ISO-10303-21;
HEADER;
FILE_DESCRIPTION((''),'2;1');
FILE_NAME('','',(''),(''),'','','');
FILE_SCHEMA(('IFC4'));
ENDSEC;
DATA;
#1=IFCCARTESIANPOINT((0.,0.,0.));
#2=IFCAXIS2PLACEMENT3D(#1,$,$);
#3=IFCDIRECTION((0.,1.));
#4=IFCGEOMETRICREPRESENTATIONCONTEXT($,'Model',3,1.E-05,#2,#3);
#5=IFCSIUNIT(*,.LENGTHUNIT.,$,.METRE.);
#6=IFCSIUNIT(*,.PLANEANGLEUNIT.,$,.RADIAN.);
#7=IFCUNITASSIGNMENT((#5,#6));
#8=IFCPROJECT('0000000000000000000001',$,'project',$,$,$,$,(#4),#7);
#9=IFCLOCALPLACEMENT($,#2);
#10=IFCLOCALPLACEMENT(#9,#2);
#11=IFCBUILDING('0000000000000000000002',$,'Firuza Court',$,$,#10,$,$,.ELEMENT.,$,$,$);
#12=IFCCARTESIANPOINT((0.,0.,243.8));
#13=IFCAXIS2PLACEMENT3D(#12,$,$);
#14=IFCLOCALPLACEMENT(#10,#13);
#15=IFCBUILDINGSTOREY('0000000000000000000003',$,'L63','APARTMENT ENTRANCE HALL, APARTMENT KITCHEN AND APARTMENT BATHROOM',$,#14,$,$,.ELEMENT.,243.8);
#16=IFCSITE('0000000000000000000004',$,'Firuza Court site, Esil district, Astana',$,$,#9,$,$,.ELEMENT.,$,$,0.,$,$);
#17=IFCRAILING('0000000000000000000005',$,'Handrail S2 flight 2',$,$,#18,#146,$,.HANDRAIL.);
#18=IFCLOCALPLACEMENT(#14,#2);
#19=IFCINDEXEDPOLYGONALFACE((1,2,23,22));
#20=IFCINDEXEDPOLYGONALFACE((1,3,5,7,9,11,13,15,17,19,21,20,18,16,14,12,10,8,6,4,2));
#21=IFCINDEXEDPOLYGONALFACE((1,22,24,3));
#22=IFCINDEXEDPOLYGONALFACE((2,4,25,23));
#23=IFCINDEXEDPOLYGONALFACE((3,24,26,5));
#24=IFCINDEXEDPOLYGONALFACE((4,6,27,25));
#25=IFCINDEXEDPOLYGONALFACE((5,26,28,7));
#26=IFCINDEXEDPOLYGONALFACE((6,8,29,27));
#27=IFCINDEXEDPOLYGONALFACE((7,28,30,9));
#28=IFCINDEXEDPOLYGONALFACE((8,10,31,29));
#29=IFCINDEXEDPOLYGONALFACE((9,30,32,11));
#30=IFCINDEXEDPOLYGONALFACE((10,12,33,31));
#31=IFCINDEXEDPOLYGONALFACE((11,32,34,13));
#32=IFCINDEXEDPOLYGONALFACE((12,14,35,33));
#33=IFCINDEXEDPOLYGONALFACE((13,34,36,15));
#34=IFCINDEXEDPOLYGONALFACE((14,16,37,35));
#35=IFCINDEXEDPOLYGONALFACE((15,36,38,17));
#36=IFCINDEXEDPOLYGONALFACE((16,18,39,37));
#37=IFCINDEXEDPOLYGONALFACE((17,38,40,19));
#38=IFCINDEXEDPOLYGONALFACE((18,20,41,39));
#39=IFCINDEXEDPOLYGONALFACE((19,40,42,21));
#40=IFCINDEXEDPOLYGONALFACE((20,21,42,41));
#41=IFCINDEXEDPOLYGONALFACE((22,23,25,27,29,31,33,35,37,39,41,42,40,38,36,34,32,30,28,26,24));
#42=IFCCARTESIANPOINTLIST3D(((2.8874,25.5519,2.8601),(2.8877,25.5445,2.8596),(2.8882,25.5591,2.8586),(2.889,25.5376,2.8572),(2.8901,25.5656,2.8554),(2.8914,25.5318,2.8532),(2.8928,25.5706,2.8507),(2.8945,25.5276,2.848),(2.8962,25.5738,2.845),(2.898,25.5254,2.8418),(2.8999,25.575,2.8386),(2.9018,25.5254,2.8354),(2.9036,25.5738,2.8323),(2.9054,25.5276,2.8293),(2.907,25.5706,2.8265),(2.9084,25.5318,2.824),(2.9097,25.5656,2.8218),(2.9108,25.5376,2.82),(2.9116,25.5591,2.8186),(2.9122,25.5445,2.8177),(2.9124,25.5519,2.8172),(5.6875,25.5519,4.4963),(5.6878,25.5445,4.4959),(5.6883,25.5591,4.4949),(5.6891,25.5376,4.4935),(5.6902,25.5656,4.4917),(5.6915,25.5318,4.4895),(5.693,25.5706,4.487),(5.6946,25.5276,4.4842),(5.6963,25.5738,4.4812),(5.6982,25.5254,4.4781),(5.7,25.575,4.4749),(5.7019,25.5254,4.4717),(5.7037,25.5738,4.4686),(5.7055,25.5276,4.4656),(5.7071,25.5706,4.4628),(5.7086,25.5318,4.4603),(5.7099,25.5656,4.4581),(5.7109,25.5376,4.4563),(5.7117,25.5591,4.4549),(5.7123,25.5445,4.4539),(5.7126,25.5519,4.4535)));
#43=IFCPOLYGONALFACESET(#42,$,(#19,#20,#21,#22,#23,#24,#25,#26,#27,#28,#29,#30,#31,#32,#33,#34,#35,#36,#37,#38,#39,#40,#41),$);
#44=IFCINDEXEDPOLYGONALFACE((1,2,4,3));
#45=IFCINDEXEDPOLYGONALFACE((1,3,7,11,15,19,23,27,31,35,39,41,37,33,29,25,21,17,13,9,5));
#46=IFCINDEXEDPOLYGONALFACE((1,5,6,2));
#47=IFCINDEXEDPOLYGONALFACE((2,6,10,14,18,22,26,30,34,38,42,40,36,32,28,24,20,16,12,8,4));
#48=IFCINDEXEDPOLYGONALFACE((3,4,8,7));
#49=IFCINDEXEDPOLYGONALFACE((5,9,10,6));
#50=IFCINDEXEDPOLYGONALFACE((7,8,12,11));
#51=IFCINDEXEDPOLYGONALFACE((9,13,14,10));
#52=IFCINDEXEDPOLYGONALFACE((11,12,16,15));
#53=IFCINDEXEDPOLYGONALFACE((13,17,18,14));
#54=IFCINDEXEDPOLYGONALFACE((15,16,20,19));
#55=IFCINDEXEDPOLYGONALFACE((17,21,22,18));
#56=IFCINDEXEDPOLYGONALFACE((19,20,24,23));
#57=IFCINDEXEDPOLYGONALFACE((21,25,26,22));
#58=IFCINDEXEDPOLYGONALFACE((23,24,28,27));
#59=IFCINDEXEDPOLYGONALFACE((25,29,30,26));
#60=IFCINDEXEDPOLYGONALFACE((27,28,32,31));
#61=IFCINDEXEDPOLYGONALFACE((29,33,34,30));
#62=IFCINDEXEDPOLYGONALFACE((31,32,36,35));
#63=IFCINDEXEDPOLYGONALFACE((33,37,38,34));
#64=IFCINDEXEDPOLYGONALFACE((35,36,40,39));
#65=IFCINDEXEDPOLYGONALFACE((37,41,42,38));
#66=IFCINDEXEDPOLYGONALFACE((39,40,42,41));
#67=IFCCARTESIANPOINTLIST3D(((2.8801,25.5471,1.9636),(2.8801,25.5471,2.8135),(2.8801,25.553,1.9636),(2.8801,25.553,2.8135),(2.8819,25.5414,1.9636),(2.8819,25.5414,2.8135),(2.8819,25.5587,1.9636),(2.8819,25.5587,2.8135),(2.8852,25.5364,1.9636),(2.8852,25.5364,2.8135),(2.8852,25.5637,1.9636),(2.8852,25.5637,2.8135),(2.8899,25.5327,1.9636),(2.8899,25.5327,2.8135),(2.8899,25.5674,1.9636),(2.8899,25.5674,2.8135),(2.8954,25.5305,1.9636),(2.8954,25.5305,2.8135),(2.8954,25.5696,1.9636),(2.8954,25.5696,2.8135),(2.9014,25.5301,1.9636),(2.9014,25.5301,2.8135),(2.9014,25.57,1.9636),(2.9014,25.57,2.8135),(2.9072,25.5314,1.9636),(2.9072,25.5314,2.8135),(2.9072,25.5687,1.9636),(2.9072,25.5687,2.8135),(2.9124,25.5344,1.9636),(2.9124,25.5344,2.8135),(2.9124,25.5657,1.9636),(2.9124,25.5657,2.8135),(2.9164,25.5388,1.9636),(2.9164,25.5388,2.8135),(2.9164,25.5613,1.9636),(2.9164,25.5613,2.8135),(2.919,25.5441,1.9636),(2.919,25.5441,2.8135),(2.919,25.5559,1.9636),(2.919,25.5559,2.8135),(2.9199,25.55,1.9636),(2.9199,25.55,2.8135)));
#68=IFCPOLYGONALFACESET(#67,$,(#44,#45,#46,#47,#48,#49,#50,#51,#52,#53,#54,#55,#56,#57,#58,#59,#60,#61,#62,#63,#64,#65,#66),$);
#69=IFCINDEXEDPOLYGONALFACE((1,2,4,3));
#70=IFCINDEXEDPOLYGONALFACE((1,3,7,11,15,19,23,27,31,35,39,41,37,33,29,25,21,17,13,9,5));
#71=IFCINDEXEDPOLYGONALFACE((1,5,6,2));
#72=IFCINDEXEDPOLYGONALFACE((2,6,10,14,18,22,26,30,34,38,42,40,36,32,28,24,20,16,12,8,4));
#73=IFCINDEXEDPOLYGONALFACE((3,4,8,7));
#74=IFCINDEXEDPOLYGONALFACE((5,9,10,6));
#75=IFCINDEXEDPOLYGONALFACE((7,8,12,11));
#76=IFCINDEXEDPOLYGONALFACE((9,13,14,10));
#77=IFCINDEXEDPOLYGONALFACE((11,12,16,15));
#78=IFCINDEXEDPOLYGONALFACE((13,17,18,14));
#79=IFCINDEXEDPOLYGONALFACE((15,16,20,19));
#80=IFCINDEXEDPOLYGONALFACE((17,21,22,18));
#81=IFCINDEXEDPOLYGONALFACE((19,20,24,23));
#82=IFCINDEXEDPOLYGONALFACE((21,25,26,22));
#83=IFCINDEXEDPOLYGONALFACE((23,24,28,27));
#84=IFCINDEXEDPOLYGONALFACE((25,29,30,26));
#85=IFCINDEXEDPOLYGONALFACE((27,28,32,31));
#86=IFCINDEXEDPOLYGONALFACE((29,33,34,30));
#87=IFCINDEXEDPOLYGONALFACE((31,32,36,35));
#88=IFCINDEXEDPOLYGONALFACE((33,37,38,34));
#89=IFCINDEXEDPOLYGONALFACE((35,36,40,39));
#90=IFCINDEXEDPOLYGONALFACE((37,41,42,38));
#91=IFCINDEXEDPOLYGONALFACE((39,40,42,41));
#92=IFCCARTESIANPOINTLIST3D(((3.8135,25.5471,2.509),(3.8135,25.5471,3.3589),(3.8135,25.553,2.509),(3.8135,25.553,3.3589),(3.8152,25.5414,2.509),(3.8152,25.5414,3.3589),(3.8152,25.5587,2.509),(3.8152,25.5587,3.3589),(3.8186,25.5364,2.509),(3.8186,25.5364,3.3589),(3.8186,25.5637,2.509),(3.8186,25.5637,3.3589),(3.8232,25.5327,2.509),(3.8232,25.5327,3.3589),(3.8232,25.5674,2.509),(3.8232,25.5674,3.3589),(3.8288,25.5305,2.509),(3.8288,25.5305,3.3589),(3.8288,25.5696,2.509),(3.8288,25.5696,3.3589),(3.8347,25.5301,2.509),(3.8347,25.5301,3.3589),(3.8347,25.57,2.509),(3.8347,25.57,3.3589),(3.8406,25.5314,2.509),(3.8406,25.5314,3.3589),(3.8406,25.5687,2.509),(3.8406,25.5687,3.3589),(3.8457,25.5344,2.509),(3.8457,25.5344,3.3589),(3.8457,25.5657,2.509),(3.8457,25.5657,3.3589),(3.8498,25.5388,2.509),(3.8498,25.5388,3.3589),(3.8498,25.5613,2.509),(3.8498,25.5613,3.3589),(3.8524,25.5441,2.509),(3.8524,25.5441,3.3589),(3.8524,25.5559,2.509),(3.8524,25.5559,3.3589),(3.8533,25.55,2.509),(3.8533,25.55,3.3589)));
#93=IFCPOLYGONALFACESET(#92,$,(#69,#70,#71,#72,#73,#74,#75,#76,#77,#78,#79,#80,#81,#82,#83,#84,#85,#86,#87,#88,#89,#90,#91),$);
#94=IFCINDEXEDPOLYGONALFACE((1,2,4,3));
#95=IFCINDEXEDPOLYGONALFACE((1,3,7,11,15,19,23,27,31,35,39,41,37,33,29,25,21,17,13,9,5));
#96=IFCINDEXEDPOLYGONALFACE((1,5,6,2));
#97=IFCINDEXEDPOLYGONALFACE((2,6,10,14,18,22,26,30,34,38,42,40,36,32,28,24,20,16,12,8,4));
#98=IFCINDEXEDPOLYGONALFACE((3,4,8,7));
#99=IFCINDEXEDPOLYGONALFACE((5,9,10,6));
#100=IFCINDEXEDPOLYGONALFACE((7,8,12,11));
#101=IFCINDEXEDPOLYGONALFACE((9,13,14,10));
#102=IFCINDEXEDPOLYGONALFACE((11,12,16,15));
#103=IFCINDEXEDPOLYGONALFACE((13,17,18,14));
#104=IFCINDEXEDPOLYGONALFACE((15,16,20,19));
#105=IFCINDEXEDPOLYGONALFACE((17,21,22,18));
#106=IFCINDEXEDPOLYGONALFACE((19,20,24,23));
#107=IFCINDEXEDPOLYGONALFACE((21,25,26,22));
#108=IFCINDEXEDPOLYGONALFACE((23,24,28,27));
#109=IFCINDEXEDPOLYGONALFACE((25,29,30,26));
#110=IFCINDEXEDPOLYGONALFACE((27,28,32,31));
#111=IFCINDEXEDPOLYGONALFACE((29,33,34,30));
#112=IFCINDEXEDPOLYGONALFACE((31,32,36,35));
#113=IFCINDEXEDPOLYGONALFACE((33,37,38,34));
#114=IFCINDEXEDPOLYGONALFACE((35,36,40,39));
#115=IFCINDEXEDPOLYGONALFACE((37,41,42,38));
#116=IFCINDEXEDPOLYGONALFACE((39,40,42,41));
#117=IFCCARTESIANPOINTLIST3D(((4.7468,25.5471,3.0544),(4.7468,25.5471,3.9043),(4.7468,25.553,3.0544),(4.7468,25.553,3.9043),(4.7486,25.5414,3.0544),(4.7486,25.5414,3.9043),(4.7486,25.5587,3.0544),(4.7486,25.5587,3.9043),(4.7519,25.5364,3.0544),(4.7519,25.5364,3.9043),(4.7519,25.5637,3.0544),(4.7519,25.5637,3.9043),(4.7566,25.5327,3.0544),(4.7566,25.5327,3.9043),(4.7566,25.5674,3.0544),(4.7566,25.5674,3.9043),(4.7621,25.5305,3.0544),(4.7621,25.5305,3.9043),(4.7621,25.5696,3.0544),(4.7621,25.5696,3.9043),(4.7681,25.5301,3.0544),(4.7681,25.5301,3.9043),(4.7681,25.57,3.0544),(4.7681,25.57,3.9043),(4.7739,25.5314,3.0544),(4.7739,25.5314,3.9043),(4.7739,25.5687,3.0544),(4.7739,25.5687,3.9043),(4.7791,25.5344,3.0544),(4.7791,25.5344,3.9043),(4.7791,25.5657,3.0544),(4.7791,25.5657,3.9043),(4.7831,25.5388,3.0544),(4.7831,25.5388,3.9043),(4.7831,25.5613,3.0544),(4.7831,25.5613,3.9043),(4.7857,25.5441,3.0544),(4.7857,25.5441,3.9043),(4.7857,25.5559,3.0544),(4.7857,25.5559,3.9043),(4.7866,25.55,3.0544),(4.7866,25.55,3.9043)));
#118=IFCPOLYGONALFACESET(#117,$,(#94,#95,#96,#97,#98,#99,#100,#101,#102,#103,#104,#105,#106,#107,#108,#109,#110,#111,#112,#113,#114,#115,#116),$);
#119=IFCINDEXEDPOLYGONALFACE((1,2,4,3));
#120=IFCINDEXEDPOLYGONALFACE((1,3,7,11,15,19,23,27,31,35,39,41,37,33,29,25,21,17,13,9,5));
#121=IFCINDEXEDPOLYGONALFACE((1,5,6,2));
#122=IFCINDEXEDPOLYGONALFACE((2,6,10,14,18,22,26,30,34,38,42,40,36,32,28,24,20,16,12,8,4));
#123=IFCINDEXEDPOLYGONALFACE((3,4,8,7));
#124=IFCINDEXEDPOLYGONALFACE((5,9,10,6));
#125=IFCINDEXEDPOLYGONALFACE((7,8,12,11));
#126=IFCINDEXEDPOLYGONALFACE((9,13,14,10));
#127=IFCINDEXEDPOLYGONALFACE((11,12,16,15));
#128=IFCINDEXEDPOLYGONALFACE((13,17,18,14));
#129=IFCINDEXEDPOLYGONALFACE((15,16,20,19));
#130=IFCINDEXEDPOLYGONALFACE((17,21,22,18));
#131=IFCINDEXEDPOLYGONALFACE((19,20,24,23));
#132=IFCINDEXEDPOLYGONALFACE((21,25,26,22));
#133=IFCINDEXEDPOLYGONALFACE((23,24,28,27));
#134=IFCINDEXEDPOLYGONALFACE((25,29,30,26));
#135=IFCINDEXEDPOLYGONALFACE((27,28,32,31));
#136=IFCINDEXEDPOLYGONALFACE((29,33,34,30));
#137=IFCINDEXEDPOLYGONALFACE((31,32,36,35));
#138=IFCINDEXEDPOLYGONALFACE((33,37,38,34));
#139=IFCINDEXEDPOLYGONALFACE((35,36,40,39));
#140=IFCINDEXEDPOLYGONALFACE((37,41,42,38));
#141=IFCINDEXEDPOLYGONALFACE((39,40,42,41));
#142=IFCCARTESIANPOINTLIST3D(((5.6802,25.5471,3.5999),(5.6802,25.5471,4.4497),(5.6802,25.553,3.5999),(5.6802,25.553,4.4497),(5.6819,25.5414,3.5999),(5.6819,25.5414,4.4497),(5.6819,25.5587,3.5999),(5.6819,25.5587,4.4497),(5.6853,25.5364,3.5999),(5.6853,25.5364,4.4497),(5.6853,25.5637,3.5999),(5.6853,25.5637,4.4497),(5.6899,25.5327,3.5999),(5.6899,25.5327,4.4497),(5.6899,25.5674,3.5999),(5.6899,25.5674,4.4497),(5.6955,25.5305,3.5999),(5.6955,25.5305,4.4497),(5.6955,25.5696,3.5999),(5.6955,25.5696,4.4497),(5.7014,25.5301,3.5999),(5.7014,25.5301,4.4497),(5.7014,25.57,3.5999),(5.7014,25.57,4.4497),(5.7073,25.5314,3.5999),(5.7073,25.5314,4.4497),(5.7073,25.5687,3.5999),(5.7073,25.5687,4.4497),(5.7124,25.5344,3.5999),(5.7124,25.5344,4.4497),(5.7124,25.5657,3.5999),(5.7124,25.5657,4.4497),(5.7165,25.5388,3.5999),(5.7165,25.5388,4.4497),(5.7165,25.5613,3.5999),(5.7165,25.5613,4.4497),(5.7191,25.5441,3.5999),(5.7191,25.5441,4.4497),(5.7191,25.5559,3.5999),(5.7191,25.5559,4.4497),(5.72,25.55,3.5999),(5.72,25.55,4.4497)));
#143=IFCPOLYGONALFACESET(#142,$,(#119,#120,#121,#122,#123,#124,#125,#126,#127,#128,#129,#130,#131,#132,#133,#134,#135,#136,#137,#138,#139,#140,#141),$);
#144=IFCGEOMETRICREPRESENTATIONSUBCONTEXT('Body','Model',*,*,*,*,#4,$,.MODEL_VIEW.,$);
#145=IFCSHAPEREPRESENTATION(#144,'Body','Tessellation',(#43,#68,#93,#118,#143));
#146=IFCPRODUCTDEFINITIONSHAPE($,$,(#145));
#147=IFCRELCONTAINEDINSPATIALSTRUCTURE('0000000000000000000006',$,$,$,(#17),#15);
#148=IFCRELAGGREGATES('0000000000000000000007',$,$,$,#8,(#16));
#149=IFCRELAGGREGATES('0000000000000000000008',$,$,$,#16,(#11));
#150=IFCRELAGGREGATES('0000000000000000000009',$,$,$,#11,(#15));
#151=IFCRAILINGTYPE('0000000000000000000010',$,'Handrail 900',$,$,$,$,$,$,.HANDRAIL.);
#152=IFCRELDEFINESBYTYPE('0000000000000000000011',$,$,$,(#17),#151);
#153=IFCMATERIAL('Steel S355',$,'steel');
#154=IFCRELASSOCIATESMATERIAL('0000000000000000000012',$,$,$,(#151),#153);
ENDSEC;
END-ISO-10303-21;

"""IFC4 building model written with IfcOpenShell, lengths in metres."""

from ifc_helpers import new_model, si_unit, direction, frame, origin, origin_2d, place, context, subcontext, project, spatial, circle, extrude, material, type_object, element, save


model = new_model("IFC4")

# Units and contexts
model_context = context("Model", 3, precision=1e-05, world=origin(), true_north=direction((0.0, 1.0)))
body_context = subcontext(model_context, "Body", "Model", "MODEL_VIEW")
ifc_project = project(units=[si_unit("LENGTHUNIT", "METRE"), si_unit("PLANEANGLEUNIT", "RADIAN")], contexts=[model_context])

# Site, building, storey
site_placement = place(None, origin())
site = spatial("IfcSite", under=ifc_project, at=site_placement, Name="Firuza Court site, Esil district, Astana", CompositionType="ELEMENT", RefElevation=0.0)
building_placement = place(site_placement, origin())
building = spatial("IfcBuilding", under=site, at=building_placement, Name="Firuza Court", CompositionType="ELEMENT")
storey_placement = place(building_placement, frame((0.0, 0.0, 243.8)))
storey = spatial("IfcBuildingStorey", under=building, at=storey_placement, Name="L63", Description="APARTMENT ENTRANCE HALL, APARTMENT KITCHEN AND APARTMENT BATHROOM", CompositionType="ELEMENT", Elevation=243.8)

# Railing
ifc_material_1 = material(Name="Steel S355", Category="steel")
railing_type_1 = type_object("IfcRailingType", Name="Handrail 900", PredefinedType="HANDRAIL", material=ifc_material_1)
railing_1_placement = place(storey_placement, frame((2.8999, 25.55, 1.9636)))
element("IfcRailing", 1, at=railing_1_placement, inside=storey, type_object=railing_type_1, Name="Handrail S2 flight 2", PredefinedType="HANDRAIL", context=body_context, shape_type="SweptSolid", body=[
    extrude(circle(Radius=0.0249, at=origin_2d()), frame((0.0, 0.0, 0.875), z_axis=(0.863394, 0.0, 0.504531), x_axis=(0.0, 1.0, 0.0)), (0.0, 0.0, 1.0), 3.2432),
    extrude(circle(Radius=0.02, at=origin_2d()), origin(), (0.0, 0.0, 1.0), 0.8499),
    extrude(circle(Radius=0.02, at=origin_2d()), frame((0.9333, 0.0, 0.5454)), (0.0, 0.0, 1.0), 0.8499),
    extrude(circle(Radius=0.02, at=origin_2d()), frame((1.8667, 0.0, 1.0908)), (0.0, 0.0, 1.0), 0.8499),
    extrude(circle(Radius=0.02, at=origin_2d()), frame((2.8, 0.0, 1.6362)), (0.0, 0.0, 1.0), 0.8499),
])

save(model, "model.ifc")
